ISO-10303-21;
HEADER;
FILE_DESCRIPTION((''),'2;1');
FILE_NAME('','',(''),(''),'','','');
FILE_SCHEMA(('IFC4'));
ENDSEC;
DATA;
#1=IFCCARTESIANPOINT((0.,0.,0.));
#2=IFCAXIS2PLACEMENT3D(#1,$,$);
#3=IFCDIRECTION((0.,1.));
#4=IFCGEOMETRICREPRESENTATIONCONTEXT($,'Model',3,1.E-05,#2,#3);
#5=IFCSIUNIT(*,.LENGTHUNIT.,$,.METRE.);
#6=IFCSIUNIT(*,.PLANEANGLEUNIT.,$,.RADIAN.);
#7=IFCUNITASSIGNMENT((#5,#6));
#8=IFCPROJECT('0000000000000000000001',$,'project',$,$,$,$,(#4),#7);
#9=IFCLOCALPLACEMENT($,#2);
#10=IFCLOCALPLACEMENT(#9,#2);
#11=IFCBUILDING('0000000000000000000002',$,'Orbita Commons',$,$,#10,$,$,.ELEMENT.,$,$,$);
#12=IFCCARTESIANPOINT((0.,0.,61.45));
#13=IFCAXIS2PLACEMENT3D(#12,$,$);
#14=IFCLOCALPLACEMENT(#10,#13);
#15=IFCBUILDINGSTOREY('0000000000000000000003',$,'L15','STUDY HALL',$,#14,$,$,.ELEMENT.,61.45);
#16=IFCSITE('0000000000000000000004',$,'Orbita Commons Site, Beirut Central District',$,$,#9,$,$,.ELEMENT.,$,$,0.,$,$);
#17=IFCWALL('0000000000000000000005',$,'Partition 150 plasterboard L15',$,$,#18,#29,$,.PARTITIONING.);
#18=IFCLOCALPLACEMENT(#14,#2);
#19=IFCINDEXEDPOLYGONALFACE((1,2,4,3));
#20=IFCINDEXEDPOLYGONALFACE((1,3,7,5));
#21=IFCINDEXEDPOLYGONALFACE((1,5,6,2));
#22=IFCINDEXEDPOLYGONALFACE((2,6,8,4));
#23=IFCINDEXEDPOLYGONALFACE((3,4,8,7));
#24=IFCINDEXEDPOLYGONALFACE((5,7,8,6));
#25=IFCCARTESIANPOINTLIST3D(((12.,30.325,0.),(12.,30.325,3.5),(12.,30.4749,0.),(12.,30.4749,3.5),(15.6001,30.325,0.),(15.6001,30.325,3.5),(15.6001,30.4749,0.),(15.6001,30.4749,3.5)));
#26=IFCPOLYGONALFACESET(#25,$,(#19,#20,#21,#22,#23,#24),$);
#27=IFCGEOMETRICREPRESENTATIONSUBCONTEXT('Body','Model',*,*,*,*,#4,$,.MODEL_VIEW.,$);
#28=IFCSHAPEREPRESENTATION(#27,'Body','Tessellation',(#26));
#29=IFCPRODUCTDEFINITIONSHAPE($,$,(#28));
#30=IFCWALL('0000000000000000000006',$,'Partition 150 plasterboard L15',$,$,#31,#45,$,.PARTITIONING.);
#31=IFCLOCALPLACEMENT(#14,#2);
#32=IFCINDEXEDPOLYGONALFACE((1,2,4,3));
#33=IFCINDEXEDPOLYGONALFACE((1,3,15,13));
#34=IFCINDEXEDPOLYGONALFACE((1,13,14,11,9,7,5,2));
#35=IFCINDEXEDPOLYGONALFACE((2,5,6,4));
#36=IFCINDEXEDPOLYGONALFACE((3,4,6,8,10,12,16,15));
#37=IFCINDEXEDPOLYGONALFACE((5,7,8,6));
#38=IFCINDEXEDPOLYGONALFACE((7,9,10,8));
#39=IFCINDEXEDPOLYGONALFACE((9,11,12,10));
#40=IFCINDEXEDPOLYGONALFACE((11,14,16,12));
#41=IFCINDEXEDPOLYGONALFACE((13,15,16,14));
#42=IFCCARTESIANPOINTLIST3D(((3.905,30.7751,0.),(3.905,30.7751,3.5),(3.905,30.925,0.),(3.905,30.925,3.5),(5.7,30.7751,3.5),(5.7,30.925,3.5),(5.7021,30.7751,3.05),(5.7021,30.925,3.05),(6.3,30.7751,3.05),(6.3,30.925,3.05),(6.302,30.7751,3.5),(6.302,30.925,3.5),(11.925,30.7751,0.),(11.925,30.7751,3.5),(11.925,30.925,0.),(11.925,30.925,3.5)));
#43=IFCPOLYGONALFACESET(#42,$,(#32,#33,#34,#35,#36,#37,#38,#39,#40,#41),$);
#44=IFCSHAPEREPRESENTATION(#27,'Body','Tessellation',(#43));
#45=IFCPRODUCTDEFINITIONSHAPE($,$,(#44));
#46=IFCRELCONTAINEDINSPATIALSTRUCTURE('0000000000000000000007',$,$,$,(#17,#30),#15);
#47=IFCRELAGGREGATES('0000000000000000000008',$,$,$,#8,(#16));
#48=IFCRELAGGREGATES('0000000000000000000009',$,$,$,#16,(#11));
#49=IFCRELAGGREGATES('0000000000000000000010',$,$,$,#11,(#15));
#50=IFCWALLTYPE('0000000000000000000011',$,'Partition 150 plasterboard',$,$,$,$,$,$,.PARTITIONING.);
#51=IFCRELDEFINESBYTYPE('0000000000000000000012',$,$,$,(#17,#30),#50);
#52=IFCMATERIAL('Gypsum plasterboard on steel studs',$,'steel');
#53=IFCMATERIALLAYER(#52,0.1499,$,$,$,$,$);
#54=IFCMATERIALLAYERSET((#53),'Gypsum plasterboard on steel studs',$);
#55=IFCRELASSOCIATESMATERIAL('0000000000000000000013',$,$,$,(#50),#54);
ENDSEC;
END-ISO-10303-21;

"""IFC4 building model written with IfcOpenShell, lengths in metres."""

from ifc_helpers import new_model, si_unit, direction, frame, frame_2d, origin, place, context, subcontext, project, spatial, polyline, rectangle, outline, extrude, material, layer, layer_set, type_object, element, save


model = new_model("IFC4")

# Units and contexts
model_context = context("Model", 3, precision=1e-05, world=origin(), true_north=direction((0.0, 1.0)))
body_context = subcontext(model_context, "Body", "Model", "MODEL_VIEW")
ifc_project = project(units=[si_unit("LENGTHUNIT", "METRE"), si_unit("PLANEANGLEUNIT", "RADIAN")], contexts=[model_context])

# Site, building, storey
site_placement = place(None, origin())
site = spatial("IfcSite", under=ifc_project, at=site_placement, Name="Orbita Commons Site, Beirut Central District", CompositionType="ELEMENT", RefElevation=0.0)
building_placement = place(site_placement, origin())
building = spatial("IfcBuilding", under=site, at=building_placement, Name="Orbita Commons", CompositionType="ELEMENT")
storey_placement = place(building_placement, frame((0.0, 0.0, 61.45)))
storey = spatial("IfcBuildingStorey", under=building, at=storey_placement, Name="L15", Description="STUDY HALL", CompositionType="ELEMENT", Elevation=61.45)

# Walls
ifc_material_1 = material(Name="Gypsum plasterboard on steel studs", Category="steel")
ifc_layer_1 = layer(ifc_material_1, 0.1499)
ifc_layer_set_1 = layer_set([ifc_layer_1], Name="Gypsum plasterboard on steel studs")
wall_type_1 = type_object("IfcWallType", Name="Partition 150 plasterboard", PredefinedType="PARTITIONING", material=ifc_layer_set_1)
wall_1_placement = place(storey_placement, frame((12.0, 30.3999, 0.0), z_axis=(0.0, 0.0, 1.0), x_axis=(1.0, 0.0, 0.0)))
element("IfcWall", 1, at=wall_1_placement, inside=storey, type_object=wall_type_1, Name="Partition 150 plasterboard L15", PredefinedType="PARTITIONING", context=body_context, shape_type="SweptSolid", body=[
    extrude(rectangle(XDim=3.6001, YDim=0.1499, at=frame_2d((1.8, 0.0))), origin(), (0.0, 0.0, 1.0), 3.5),
])
wall_2_placement = place(storey_placement, frame((3.905, 30.8501, 0.0), z_axis=(0.0, 0.0, 1.0), x_axis=(1.0, 0.0, 0.0)))
element("IfcWall", 2, at=wall_2_placement, inside=storey, type_object=wall_type_1, Name="Partition 150 plasterboard L15", PredefinedType="PARTITIONING", context=body_context, shape_type="SweptSolid", body=[
    extrude(outline(polyline([(0.0, 0.0), (8.02, 0.0), (8.02, 3.5), (2.397, 3.5), (2.395, 3.05), (1.7971, 3.05), (1.7949, 3.5), (0.0, 3.5), (0.0, 0.0)])), frame((0.0, 0.075, 0.0), z_axis=(0.0, -1.0, 0.0), x_axis=(1.0, 0.0, 0.0)), (0.0, 0.0, 1.0), 0.1499),
])

save(model, "model.ifc")
